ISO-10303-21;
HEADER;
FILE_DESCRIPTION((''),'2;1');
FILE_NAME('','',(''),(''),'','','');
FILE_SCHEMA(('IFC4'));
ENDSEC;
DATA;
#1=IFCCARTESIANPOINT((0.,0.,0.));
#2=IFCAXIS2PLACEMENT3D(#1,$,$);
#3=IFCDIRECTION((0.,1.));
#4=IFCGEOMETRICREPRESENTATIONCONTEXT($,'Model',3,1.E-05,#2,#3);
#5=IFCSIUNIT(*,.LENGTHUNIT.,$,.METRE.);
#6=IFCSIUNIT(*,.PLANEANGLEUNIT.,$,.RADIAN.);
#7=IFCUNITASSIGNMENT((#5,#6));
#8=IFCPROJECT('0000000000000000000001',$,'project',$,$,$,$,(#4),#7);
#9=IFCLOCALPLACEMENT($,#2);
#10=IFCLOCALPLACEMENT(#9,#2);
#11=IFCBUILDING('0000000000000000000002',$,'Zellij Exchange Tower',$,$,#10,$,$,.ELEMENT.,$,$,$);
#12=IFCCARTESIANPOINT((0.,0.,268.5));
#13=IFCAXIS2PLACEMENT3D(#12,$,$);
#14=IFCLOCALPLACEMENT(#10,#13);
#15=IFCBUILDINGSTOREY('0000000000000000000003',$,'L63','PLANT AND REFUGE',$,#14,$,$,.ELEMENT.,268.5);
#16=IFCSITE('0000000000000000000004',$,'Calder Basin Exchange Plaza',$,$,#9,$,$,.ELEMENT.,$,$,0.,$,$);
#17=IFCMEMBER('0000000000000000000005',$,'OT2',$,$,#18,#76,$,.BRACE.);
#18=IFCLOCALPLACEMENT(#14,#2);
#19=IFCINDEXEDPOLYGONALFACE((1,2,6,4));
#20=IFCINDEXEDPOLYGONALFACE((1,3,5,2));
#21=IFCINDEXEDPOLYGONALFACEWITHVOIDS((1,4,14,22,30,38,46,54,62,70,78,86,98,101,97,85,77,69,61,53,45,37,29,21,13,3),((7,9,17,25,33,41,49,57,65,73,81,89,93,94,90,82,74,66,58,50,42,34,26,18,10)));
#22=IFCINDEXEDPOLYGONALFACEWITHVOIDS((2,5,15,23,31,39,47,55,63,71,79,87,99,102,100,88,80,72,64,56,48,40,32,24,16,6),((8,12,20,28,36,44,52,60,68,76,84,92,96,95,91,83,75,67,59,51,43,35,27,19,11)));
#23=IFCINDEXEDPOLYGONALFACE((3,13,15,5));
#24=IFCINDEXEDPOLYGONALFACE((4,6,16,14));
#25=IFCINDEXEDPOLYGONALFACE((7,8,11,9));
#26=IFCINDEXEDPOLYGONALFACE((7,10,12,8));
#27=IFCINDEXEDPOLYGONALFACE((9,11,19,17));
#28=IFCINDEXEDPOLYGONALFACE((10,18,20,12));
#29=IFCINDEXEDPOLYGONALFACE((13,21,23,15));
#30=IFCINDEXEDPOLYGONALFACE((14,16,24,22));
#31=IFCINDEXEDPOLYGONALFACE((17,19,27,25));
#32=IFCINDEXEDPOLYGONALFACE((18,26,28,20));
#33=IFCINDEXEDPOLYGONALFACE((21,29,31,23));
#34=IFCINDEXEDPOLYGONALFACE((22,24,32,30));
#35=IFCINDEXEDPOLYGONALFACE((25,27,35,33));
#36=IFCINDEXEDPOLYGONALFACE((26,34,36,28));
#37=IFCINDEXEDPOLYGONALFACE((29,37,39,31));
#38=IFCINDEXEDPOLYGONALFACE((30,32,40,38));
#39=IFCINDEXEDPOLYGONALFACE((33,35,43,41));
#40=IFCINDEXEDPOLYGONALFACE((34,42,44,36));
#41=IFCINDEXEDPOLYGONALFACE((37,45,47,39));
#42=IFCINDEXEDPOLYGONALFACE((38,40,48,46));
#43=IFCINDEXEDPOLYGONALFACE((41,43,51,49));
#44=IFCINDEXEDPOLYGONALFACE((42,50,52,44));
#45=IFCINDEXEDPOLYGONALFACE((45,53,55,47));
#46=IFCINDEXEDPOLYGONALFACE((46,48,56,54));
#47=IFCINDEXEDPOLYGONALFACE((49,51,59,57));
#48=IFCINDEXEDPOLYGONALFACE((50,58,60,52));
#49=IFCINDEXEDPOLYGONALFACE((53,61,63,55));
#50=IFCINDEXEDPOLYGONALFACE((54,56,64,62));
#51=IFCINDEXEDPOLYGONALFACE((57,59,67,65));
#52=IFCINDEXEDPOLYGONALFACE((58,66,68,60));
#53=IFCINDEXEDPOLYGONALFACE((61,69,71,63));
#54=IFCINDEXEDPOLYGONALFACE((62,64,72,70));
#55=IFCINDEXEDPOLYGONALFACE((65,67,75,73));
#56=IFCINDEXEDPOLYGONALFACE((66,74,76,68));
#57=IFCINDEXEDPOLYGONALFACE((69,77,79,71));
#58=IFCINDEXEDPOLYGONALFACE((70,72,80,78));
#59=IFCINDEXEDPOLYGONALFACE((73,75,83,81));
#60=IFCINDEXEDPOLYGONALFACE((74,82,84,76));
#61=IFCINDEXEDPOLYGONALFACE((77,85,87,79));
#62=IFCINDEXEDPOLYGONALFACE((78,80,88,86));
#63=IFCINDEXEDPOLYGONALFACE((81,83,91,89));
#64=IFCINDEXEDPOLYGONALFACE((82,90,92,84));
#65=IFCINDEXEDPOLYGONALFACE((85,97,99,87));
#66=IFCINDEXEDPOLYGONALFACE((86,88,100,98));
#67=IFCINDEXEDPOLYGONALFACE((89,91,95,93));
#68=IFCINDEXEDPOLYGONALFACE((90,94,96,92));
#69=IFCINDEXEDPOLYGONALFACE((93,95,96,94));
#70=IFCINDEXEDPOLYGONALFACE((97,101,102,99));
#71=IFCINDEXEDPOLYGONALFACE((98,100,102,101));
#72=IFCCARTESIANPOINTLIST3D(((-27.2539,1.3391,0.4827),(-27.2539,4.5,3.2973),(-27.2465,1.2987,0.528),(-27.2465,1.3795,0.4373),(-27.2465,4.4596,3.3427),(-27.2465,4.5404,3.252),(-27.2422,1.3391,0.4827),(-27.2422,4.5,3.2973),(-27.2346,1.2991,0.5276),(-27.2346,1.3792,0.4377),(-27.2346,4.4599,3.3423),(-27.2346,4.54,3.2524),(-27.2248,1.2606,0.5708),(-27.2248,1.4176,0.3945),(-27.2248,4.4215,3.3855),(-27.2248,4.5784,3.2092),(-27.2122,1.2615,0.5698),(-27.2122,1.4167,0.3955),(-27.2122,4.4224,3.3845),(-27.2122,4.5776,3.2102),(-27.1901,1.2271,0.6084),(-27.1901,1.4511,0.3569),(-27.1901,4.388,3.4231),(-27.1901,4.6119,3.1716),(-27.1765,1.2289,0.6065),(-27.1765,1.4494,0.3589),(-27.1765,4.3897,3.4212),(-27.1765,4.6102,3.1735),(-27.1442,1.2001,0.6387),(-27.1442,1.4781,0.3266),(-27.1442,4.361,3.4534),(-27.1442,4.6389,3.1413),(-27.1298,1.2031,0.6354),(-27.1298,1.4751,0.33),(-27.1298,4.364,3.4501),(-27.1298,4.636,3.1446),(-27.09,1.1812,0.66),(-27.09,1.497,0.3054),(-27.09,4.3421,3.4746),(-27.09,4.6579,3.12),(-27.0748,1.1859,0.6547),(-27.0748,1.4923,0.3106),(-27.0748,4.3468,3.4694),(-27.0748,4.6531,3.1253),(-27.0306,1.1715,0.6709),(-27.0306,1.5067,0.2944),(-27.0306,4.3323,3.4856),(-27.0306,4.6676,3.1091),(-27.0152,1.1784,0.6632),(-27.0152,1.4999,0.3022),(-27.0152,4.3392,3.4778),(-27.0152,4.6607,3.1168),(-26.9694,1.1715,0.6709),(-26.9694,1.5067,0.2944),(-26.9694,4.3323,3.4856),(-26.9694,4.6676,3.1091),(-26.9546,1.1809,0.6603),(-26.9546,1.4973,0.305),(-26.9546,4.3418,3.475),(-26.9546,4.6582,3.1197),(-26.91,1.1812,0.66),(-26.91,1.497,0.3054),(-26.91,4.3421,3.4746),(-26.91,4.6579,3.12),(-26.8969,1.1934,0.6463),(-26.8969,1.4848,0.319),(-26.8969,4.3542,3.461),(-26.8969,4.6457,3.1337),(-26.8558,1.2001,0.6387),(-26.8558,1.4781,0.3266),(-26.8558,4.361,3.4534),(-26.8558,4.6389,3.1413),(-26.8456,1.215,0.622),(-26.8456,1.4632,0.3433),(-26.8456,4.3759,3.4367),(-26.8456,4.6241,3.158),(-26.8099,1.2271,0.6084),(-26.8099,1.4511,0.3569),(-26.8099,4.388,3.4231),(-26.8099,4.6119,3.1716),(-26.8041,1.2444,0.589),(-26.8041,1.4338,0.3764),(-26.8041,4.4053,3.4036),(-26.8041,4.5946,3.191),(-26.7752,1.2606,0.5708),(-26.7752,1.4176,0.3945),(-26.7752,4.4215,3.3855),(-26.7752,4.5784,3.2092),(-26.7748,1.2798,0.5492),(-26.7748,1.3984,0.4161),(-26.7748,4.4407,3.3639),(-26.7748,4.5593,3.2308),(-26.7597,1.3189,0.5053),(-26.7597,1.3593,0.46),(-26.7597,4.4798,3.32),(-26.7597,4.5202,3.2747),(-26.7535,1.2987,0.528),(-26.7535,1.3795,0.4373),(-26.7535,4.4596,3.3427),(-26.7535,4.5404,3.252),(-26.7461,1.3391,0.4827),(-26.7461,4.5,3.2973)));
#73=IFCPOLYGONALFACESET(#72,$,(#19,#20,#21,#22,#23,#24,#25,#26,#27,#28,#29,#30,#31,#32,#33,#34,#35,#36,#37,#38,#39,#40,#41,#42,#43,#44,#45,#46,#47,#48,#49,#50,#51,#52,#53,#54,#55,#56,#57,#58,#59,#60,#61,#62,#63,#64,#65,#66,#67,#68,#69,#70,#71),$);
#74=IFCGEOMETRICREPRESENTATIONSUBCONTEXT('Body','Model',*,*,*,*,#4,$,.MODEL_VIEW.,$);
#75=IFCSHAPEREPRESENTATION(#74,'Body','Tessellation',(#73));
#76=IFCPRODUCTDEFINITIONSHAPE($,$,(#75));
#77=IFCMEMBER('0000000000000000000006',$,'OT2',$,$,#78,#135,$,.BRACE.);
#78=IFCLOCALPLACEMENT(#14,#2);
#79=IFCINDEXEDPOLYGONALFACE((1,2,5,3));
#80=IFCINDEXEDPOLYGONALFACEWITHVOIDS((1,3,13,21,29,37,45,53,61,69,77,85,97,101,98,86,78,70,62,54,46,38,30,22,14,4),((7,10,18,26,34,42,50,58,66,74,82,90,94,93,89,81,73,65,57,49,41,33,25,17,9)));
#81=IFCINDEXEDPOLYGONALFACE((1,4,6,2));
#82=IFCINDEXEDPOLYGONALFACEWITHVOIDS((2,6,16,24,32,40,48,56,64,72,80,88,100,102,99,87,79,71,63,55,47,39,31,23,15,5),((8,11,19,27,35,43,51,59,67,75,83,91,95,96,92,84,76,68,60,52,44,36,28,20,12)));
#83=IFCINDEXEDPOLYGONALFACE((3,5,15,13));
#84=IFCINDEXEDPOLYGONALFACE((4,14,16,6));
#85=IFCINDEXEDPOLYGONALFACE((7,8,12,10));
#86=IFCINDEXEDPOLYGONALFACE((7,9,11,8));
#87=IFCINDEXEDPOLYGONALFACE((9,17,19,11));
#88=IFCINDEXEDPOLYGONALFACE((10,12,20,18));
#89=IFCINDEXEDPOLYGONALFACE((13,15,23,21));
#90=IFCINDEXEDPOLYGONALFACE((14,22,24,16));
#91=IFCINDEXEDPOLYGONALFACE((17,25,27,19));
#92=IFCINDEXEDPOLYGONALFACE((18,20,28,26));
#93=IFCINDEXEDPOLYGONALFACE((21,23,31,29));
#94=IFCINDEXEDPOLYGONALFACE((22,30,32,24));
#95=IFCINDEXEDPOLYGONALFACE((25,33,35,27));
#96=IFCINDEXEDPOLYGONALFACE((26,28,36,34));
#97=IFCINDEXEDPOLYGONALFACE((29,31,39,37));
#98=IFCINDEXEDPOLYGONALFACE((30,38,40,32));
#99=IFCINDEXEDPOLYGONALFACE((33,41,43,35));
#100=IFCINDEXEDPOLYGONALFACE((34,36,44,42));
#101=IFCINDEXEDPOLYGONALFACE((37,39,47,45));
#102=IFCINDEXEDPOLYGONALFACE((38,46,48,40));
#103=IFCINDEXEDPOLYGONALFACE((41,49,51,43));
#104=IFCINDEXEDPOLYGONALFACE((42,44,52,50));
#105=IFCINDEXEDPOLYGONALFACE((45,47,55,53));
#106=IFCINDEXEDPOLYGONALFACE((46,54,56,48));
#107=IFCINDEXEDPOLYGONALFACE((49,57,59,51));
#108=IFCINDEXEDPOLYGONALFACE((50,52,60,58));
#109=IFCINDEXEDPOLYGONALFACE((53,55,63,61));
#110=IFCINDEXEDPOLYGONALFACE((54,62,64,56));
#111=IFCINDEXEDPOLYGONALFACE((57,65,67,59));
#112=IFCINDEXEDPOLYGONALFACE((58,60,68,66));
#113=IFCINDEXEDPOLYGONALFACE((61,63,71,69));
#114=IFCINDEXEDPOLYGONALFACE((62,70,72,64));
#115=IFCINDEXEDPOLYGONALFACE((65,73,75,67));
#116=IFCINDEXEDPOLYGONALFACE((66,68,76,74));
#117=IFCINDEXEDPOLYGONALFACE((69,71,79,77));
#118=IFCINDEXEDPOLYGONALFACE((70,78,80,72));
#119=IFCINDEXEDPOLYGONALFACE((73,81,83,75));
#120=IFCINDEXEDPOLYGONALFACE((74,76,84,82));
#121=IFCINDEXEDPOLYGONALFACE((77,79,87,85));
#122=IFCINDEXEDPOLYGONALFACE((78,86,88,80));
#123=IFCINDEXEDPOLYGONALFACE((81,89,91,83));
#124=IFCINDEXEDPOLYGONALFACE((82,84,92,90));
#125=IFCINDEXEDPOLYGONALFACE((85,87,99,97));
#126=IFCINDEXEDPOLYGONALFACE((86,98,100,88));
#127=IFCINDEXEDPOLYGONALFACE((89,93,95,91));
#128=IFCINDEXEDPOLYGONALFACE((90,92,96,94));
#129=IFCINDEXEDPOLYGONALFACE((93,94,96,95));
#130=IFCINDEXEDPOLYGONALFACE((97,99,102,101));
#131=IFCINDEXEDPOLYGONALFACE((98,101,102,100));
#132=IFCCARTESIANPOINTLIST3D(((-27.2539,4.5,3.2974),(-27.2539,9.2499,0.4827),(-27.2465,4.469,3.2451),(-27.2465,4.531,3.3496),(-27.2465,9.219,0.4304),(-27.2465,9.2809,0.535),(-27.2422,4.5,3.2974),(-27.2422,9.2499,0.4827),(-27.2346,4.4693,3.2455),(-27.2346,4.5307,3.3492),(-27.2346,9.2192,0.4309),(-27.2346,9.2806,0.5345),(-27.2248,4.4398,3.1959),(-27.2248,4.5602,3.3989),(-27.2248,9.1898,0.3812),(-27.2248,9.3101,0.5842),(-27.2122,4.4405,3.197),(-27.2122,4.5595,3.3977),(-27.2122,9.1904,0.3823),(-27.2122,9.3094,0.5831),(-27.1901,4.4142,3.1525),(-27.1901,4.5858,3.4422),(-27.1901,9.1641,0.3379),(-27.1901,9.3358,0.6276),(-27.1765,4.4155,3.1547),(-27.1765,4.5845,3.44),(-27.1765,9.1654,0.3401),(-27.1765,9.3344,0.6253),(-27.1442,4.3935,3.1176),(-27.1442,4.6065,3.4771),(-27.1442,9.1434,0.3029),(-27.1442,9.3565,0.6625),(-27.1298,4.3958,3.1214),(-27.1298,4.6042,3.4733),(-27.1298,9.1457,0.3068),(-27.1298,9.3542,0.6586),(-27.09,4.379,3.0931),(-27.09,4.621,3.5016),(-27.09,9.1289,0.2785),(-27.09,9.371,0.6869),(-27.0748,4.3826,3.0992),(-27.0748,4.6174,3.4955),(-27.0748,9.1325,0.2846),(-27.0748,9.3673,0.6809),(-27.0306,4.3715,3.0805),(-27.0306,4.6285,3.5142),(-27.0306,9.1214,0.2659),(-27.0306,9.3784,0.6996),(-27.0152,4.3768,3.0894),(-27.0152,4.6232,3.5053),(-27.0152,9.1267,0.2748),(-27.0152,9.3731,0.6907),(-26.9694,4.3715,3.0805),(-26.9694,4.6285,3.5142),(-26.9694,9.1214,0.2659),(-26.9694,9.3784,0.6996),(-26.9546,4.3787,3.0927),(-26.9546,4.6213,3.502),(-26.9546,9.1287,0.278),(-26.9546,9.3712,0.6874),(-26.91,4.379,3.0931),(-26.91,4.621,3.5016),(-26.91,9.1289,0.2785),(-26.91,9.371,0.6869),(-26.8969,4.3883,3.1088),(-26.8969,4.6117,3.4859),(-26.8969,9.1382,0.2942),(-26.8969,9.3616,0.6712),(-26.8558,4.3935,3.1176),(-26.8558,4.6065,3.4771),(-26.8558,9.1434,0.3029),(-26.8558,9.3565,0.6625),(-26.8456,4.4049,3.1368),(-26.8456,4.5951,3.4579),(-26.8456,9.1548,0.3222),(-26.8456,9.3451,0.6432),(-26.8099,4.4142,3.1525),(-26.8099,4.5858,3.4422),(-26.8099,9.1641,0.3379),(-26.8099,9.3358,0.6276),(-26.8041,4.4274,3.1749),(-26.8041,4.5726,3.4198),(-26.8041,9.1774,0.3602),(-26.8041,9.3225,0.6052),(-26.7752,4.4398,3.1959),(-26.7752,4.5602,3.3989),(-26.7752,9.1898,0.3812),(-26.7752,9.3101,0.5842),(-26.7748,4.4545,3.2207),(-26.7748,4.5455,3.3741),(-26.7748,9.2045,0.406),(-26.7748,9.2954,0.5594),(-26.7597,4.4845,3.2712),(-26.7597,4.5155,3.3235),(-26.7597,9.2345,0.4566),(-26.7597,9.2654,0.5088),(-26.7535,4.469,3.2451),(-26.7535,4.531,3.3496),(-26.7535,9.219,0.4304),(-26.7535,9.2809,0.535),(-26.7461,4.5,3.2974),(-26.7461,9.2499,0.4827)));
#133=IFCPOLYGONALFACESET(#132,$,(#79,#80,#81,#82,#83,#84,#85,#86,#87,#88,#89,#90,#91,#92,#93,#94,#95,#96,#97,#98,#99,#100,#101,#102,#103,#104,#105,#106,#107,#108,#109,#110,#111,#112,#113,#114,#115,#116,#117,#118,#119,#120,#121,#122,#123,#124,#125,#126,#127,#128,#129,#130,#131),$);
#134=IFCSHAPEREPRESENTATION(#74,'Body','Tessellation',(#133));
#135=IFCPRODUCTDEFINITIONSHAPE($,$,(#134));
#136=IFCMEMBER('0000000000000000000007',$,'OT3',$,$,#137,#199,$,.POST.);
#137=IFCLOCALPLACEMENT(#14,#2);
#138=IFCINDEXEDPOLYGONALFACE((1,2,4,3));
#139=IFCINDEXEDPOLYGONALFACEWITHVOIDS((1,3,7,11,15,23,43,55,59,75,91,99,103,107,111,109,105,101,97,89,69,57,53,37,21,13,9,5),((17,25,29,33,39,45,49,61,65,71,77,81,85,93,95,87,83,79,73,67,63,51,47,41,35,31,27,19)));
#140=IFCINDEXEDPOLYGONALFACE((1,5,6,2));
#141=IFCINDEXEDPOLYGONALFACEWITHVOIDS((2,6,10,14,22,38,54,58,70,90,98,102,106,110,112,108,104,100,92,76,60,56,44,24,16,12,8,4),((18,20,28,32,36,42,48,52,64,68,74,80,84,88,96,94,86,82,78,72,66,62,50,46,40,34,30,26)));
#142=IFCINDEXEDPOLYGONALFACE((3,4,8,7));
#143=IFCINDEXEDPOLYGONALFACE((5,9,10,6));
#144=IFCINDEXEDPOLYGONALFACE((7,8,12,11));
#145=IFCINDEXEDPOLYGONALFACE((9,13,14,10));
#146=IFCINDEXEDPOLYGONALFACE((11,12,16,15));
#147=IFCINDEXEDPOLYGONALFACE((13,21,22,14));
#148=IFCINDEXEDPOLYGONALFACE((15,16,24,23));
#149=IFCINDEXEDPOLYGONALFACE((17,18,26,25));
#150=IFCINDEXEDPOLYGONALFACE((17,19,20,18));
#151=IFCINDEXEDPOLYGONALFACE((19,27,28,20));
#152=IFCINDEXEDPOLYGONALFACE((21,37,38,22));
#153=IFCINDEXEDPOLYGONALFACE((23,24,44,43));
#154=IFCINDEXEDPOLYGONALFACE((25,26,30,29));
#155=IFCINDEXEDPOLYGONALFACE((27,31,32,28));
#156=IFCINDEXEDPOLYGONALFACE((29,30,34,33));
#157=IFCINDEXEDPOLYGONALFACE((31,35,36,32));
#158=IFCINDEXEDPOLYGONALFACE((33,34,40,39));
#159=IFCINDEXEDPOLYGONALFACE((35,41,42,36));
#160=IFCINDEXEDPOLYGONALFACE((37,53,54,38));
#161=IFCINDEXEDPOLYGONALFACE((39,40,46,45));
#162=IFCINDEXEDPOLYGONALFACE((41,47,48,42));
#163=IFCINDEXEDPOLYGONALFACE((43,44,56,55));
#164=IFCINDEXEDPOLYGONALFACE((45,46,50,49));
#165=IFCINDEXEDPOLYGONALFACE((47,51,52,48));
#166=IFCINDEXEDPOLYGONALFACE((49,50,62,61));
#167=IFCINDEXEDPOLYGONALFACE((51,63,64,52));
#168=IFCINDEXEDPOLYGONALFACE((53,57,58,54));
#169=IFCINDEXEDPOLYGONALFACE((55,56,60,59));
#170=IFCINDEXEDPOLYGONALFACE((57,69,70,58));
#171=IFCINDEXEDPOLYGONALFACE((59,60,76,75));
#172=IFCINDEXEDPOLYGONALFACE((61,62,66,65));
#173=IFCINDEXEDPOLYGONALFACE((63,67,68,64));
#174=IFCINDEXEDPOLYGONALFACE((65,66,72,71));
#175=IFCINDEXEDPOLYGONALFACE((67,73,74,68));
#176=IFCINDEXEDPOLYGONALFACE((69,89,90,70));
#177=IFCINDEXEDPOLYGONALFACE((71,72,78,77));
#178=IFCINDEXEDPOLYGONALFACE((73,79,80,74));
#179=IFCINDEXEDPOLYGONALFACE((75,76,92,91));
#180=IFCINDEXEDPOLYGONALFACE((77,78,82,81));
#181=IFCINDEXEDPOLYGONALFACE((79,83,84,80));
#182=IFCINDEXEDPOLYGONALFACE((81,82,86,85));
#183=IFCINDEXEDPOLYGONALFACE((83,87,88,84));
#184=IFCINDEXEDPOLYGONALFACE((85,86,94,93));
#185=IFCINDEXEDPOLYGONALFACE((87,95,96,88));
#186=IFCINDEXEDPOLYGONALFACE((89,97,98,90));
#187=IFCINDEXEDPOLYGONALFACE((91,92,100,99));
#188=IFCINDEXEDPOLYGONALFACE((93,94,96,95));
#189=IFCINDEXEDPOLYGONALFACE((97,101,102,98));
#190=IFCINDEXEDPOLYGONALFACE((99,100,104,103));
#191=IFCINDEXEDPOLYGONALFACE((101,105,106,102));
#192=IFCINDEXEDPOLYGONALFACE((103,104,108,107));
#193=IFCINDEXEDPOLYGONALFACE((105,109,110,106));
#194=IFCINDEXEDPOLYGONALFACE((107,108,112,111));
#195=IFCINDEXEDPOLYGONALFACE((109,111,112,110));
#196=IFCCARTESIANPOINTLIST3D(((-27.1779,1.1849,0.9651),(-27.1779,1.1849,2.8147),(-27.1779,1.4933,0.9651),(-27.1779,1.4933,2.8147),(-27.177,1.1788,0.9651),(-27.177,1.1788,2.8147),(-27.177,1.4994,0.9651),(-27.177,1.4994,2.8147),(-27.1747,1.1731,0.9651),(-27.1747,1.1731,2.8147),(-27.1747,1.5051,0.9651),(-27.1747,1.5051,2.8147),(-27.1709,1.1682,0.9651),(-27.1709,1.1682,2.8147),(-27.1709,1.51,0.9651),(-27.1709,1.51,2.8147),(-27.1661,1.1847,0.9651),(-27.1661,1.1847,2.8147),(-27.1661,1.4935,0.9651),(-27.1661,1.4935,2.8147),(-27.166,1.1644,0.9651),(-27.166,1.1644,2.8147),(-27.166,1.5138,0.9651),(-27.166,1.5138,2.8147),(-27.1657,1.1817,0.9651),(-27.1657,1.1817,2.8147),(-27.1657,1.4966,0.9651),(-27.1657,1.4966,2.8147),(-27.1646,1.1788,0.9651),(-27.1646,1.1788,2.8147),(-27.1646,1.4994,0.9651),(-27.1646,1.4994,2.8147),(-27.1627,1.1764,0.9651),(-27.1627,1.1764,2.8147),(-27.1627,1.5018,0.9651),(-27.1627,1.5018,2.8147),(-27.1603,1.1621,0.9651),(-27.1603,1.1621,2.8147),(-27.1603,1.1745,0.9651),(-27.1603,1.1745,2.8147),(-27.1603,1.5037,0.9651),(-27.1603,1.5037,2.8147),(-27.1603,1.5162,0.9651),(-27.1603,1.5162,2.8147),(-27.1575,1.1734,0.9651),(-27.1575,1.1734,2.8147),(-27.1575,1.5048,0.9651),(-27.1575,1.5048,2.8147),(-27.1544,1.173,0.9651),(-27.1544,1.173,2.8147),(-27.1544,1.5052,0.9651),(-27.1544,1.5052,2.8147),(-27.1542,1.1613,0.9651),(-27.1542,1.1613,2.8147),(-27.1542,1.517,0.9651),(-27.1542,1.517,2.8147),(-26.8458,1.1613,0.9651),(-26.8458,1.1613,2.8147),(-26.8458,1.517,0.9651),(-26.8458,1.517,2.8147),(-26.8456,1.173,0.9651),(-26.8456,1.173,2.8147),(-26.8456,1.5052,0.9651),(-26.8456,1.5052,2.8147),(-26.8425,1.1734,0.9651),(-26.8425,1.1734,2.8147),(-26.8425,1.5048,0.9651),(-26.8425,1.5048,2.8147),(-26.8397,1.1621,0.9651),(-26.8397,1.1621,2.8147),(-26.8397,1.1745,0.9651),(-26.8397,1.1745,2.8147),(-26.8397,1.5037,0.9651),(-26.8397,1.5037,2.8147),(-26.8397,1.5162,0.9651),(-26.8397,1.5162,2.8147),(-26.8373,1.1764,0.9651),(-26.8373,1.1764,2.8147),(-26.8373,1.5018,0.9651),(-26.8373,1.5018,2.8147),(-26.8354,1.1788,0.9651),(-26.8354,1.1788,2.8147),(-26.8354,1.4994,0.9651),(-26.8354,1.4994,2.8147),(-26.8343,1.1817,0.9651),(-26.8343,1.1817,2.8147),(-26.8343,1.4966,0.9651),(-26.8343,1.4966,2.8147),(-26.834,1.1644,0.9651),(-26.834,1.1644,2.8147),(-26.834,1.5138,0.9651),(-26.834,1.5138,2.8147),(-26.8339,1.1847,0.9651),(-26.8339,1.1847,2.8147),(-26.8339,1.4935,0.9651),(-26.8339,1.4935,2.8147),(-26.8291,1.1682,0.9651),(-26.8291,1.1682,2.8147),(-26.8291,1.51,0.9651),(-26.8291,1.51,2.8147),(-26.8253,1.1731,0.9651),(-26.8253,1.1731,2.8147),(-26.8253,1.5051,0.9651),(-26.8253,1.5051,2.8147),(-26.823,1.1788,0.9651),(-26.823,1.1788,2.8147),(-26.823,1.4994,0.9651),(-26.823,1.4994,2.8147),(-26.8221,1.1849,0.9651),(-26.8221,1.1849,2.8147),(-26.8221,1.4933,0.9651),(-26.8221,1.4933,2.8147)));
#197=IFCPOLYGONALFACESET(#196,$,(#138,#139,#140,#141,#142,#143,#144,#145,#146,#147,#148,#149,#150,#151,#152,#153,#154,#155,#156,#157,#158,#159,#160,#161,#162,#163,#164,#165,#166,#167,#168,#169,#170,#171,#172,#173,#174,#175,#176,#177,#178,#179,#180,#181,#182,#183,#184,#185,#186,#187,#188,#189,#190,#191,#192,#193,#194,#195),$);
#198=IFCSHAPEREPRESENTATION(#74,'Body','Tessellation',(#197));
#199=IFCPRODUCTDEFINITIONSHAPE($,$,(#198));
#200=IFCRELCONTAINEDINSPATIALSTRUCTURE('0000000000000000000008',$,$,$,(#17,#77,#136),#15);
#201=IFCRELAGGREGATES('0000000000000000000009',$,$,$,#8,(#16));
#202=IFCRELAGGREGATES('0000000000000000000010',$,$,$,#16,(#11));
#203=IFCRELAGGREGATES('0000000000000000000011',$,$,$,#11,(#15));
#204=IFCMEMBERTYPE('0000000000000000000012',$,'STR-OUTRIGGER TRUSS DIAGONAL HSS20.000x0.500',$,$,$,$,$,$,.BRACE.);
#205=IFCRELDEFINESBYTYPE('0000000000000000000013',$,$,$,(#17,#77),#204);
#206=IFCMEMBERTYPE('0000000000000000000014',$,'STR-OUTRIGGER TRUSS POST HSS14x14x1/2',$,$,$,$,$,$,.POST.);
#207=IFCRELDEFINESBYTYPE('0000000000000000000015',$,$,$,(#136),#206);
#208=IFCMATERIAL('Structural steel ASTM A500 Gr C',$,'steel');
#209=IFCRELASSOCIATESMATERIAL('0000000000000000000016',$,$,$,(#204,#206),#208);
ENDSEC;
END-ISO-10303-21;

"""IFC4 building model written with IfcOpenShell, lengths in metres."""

from ifc_helpers import new_model, si_unit, direction, frame, origin, origin_2d, place, context, subcontext, project, spatial, hollow_rectangle, hollow_circle, extrude, material, material_profile, profile_set, type_object, element, save


model = new_model("IFC4")

# Units and contexts
model_context = context("Model", 3, precision=1e-05, world=origin(), true_north=direction((0.0, 1.0)))
body_context = subcontext(model_context, "Body", "Model", "MODEL_VIEW")
ifc_project = project(units=[si_unit("LENGTHUNIT", "METRE"), si_unit("PLANEANGLEUNIT", "RADIAN")], contexts=[model_context])

# Site, building, storey
site_placement = place(None, origin())
site = spatial("IfcSite", under=ifc_project, at=site_placement, Name="Calder Basin Exchange Plaza", CompositionType="ELEMENT", RefElevation=0.0)
building_placement = place(site_placement, origin())
building = spatial("IfcBuilding", under=site, at=building_placement, Name="Zellij Exchange Tower", CompositionType="ELEMENT")
storey_placement = place(building_placement, frame((0.0, 0.0, 268.5)))
storey = spatial("IfcBuildingStorey", under=building, at=storey_placement, Name="L63", Description="PLANT AND REFUGE", CompositionType="ELEMENT", Elevation=268.5)

# Shared definitions
ifc_material_1 = material(Name="Structural steel ASTM A500 Gr C", Category="steel")

# Members
ifc_material_profile_1 = material_profile(ifc_material_1, hollow_circle(Radius=0.2539, WallThickness=0.0117, at=origin_2d()), Name="STR-OUTRIGGER TRUSS DIAGONAL HSS20.000x0.500")
ifc_profile_set_1 = profile_set([ifc_material_profile_1], Name="Structural steel ASTM A500 Gr C")
member_type_1 = type_object("IfcMemberType", Name="STR-OUTRIGGER TRUSS DIAGONAL HSS20.000x0.500", PredefinedType="BRACE", material=ifc_profile_set_1)
member_1_placement = place(storey_placement, frame((-27.0, 1.3391, 0.4827), z_axis=(0.0, 0.74682, 0.665026), x_axis=(-1.0, 0.0, 0.0)))
element("IfcMember", 1, at=member_1_placement, inside=storey, type_object=member_type_1, Name="OT2", PredefinedType="BRACE", context=body_context, shape_type="SweptSolid", body=[
    extrude(hollow_circle(Radius=0.2539, WallThickness=0.0117, at=origin_2d()), origin(), (0.0, 0.0, 1.0), 4.2324),
])
member_2_placement = place(storey_placement, frame((-27.0, 4.5, 3.2974), z_axis=(0.0, 0.860301, -0.509787), x_axis=(-1.0, 0.0, 0.0)))
element("IfcMember", 2, at=member_2_placement, inside=storey, type_object=member_type_1, Name="OT2", PredefinedType="BRACE", context=body_context, shape_type="SweptSolid", body=[
    extrude(hollow_circle(Radius=0.2539, WallThickness=0.0117, at=origin_2d()), origin(), (0.0, 0.0, 1.0), 5.5212),
])
ifc_material_profile_2 = material_profile(ifc_material_1, hollow_rectangle(XDim=0.3557, YDim=0.3557, WallThickness=0.0117, InnerFilletRadius=0.0117, OuterFilletRadius=0.0237, at=origin_2d()), Name="STR-OUTRIGGER TRUSS POST HSS14x14x1/2")
ifc_profile_set_2 = profile_set([ifc_material_profile_2], Name="Structural steel ASTM A500 Gr C")
member_type_2 = type_object("IfcMemberType", Name="STR-OUTRIGGER TRUSS POST HSS14x14x1/2", PredefinedType="POST", material=ifc_profile_set_2)
member_3_placement = place(storey_placement, frame((-27.0, 1.3391, 0.9651), z_axis=(0.0, 0.0, 1.0), x_axis=(1.0, 0.0, 0.0)))
element("IfcMember", 3, at=member_3_placement, inside=storey, type_object=member_type_2, Name="OT3", PredefinedType="POST", context=body_context, shape_type="SweptSolid", body=[
    extrude(hollow_rectangle(XDim=0.3557, YDim=0.3557, WallThickness=0.0117, InnerFilletRadius=0.0117, OuterFilletRadius=0.0237, at=origin_2d()), origin(), (0.0, 0.0, 1.0), 1.8496),
])

save(model, "model.ifc")
